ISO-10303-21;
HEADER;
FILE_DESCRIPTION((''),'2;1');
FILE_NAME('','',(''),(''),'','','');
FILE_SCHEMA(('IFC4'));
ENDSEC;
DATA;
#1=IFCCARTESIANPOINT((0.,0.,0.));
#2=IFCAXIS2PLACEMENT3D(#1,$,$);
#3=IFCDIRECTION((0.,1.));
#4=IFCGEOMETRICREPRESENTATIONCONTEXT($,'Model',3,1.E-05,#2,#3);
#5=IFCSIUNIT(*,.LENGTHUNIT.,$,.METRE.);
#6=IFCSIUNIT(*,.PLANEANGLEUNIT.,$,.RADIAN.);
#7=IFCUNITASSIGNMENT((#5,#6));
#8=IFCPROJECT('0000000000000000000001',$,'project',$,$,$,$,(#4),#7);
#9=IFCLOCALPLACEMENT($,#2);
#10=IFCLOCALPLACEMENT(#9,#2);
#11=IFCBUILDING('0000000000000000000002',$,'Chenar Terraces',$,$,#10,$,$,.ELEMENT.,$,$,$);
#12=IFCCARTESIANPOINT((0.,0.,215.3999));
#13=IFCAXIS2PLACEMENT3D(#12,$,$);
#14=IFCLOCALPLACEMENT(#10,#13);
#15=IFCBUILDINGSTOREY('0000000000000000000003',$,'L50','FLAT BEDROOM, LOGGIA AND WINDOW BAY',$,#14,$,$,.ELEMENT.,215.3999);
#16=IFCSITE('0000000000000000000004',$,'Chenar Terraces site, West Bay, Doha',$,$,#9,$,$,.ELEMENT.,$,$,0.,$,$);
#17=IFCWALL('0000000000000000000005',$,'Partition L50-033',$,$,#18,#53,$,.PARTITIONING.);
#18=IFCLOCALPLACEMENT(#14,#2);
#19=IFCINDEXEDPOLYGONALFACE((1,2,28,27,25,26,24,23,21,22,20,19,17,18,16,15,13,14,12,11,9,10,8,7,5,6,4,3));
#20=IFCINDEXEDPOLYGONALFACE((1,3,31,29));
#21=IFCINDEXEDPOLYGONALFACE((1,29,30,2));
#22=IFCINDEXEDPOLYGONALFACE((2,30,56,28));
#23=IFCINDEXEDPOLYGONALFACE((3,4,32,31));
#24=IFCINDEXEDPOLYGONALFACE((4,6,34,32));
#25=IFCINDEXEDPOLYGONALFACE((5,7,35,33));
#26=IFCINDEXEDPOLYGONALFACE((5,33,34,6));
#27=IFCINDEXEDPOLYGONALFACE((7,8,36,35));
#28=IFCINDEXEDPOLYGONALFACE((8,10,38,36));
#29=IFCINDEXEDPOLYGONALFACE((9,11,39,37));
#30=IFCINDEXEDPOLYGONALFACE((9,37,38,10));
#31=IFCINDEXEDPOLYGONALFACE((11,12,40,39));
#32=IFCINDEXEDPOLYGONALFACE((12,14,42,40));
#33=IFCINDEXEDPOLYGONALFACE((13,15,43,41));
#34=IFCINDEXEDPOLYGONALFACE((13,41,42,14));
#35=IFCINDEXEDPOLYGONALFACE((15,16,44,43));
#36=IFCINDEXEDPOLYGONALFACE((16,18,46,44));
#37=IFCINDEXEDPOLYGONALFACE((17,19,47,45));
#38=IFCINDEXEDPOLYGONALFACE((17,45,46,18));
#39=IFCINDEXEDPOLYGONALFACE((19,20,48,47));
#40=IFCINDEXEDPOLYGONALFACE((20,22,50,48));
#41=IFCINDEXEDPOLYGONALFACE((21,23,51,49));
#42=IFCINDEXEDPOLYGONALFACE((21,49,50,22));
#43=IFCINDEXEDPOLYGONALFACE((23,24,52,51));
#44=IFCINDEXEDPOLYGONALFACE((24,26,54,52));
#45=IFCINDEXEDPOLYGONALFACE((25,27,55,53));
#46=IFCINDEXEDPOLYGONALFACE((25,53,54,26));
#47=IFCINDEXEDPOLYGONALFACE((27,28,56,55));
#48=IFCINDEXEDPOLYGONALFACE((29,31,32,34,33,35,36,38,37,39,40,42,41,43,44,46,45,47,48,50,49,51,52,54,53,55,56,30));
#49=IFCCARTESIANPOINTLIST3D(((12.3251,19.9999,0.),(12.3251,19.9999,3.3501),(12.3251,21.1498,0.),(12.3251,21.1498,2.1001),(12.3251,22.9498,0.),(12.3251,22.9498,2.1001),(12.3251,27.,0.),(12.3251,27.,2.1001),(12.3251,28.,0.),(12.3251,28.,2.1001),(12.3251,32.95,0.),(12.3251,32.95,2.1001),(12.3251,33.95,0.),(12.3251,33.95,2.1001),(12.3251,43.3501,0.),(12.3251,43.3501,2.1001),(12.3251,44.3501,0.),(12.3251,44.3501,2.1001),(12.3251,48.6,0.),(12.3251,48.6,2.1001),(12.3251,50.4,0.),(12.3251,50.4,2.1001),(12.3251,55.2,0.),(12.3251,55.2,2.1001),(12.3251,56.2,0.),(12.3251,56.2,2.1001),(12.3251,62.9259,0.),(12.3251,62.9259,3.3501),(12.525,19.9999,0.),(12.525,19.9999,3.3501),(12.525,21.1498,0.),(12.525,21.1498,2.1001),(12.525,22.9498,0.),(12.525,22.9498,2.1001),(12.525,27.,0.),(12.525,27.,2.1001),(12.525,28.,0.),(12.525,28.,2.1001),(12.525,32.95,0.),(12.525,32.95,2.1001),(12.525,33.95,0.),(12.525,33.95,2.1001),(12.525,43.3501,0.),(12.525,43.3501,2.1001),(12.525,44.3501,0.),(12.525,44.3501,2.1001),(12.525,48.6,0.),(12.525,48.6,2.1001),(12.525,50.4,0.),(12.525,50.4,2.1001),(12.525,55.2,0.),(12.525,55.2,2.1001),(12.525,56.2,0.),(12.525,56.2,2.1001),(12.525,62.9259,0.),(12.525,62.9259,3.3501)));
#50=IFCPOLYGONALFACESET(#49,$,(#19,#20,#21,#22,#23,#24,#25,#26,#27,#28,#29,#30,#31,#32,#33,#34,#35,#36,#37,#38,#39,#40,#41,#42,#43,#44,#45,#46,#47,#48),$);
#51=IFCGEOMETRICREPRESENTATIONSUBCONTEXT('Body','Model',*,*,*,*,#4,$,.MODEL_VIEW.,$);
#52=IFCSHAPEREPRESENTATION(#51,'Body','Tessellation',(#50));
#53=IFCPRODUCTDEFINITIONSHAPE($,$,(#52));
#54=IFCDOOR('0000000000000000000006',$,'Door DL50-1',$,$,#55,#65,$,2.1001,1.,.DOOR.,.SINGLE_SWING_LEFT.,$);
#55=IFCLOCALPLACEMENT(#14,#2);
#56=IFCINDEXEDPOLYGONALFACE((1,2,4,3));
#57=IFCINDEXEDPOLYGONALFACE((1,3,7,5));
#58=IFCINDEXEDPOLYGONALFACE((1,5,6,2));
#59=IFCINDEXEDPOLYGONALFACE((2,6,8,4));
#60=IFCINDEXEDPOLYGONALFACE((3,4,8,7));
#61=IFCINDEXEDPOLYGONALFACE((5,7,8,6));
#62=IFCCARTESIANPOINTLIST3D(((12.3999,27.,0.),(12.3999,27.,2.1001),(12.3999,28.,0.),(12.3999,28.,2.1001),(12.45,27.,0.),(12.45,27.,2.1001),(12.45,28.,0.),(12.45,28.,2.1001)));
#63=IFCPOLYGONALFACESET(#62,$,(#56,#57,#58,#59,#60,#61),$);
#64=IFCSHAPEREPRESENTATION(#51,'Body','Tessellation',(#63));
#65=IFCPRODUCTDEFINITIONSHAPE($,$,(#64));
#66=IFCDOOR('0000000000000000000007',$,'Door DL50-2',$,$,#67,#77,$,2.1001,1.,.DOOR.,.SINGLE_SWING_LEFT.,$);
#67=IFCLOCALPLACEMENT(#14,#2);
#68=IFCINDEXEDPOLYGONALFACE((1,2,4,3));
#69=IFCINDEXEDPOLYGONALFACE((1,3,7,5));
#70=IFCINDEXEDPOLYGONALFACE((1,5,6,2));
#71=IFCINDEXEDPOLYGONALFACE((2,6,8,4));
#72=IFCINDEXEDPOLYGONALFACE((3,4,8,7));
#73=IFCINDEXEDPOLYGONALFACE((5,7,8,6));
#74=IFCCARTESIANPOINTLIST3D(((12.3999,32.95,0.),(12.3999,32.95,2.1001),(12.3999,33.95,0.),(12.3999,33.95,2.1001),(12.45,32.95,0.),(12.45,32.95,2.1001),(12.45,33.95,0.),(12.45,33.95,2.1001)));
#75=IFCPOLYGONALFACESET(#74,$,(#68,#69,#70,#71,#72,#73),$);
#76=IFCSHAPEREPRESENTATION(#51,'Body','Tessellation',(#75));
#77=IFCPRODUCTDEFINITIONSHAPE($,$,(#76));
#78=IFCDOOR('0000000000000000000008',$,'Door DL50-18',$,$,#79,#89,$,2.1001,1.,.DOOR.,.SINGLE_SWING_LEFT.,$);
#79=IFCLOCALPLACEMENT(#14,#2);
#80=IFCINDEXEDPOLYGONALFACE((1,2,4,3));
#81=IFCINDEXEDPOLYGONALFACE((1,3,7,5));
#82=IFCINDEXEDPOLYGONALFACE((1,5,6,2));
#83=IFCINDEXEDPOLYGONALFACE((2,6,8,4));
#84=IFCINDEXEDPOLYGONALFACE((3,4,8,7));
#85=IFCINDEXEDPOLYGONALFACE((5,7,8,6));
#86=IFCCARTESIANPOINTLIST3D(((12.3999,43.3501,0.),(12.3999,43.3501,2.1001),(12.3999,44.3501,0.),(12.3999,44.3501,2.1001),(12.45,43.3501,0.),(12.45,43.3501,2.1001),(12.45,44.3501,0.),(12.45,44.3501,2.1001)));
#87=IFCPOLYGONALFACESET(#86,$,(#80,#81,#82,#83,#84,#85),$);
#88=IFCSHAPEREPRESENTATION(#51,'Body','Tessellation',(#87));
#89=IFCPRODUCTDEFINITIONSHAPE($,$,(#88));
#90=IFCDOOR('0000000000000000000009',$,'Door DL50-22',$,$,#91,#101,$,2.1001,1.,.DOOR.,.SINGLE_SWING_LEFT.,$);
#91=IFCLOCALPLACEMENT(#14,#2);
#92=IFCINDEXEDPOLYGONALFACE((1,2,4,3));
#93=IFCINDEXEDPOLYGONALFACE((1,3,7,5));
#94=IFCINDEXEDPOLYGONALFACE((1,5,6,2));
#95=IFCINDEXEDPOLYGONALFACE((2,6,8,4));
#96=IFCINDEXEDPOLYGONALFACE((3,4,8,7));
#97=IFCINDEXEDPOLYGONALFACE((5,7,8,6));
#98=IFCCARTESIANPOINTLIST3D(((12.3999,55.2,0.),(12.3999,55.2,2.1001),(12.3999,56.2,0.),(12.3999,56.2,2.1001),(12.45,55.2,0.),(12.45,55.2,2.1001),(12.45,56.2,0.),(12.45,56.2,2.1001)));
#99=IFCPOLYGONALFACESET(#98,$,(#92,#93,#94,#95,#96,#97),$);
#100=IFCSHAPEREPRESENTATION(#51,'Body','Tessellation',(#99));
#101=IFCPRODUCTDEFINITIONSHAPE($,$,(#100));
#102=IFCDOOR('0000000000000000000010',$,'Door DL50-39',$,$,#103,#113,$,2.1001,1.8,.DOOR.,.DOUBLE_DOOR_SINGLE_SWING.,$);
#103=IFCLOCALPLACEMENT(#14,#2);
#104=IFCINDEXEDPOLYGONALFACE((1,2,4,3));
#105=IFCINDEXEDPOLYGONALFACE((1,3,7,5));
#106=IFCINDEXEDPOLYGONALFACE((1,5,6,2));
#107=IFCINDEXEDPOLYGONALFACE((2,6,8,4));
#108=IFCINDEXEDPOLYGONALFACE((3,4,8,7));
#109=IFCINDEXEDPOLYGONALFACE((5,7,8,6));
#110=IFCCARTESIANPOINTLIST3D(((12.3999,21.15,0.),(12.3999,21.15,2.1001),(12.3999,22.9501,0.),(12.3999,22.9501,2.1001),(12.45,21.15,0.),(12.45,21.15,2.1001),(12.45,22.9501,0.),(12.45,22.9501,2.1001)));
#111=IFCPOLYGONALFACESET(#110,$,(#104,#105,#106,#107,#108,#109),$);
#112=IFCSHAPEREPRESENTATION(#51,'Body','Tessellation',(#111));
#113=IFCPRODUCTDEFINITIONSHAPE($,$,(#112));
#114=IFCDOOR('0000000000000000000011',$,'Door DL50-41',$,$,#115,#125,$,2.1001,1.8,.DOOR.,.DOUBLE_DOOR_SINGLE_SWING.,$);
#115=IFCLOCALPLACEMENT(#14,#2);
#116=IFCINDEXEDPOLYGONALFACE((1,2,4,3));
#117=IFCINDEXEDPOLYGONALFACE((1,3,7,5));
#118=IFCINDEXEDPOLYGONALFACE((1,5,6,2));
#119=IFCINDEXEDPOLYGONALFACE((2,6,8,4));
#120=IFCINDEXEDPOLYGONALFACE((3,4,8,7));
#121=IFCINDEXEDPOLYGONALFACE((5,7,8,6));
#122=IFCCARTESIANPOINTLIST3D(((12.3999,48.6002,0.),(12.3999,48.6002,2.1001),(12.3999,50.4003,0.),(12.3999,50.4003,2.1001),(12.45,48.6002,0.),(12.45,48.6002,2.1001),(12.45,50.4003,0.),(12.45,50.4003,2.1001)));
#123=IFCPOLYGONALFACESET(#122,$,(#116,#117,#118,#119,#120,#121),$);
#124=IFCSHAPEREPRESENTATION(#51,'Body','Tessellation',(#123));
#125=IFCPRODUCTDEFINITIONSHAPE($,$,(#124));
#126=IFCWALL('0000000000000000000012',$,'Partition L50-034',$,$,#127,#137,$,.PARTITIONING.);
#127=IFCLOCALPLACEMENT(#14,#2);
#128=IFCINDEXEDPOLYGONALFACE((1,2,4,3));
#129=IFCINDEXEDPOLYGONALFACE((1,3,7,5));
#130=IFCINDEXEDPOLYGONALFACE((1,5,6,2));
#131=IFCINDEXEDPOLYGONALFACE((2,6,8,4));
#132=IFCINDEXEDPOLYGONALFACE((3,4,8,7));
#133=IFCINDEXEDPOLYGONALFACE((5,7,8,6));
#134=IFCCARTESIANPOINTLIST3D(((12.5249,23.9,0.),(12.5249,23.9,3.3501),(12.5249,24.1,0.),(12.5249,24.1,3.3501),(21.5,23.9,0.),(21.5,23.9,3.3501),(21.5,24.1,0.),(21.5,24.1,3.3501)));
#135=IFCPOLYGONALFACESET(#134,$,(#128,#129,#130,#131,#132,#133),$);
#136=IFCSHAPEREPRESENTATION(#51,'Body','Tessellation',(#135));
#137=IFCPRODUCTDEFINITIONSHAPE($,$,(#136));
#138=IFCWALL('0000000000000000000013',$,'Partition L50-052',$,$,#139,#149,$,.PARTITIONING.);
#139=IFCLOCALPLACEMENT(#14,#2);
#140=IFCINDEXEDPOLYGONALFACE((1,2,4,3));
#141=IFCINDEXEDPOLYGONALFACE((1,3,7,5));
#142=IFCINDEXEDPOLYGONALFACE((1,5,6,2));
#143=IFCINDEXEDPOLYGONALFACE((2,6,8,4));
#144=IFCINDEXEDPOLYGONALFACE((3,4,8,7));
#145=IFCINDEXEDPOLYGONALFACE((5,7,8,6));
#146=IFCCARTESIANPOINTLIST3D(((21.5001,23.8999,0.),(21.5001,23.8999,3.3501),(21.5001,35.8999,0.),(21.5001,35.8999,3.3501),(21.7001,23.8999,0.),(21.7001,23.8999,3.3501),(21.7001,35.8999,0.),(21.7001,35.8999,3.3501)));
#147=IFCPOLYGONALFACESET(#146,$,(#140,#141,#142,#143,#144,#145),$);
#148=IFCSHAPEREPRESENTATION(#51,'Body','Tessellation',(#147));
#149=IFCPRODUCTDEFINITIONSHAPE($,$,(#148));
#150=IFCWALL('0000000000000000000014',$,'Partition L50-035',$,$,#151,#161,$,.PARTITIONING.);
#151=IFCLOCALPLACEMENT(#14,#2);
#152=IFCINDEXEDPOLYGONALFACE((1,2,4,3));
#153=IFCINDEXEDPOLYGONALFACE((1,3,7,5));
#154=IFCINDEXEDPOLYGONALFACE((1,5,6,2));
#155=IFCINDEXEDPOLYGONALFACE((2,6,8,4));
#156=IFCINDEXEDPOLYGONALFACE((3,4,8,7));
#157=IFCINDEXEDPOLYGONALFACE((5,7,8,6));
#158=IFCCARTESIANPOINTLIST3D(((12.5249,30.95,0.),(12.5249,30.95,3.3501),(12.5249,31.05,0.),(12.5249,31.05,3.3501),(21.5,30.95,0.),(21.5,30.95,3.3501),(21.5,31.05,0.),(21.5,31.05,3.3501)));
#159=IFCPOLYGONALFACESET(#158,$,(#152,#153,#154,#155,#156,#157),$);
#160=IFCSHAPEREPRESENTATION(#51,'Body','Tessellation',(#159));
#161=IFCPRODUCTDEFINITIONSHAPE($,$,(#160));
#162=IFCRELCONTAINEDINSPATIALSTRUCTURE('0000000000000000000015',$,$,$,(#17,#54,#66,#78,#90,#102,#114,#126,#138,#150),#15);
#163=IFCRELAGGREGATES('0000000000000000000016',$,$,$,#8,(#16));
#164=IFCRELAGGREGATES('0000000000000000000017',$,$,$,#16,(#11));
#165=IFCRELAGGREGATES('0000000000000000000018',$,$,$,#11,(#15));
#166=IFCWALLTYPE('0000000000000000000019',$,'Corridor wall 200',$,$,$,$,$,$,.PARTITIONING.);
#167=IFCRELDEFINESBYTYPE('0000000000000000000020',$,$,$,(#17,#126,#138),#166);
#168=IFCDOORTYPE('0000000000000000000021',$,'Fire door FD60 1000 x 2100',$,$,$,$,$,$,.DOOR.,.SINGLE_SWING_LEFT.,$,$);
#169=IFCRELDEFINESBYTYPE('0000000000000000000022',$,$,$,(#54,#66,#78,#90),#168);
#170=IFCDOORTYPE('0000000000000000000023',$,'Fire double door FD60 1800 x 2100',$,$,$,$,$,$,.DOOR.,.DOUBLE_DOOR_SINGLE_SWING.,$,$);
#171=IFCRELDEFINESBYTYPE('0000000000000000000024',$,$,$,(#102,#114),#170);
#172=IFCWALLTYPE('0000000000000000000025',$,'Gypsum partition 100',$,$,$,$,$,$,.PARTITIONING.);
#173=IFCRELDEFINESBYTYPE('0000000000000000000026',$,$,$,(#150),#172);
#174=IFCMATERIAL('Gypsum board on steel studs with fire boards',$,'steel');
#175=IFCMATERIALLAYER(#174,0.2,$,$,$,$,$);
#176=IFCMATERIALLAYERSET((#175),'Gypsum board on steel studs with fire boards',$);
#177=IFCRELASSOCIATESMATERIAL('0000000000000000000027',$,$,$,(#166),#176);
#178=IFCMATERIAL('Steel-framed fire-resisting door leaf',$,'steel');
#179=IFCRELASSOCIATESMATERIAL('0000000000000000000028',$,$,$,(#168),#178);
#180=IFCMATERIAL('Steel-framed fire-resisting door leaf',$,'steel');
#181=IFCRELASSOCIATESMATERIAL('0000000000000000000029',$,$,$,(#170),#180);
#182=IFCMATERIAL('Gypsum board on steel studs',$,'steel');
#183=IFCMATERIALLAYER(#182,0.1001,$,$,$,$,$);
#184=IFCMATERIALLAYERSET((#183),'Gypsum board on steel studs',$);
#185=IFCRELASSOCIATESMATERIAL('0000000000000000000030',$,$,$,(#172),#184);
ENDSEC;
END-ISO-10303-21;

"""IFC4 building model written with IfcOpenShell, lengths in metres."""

from ifc_helpers import new_model, si_unit, direction, frame, frame_2d, origin, place, context, subcontext, project, spatial, rectangle, extrude, material, layer, layer_set, type_object, element, fill, save


model = new_model("IFC4")

# Units and contexts
model_context = context("Model", 3, precision=1e-05, world=origin(), true_north=direction((0.0, 1.0)))
body_context = subcontext(model_context, "Body", "Model", "MODEL_VIEW")
ifc_project = project(units=[si_unit("LENGTHUNIT", "METRE"), si_unit("PLANEANGLEUNIT", "RADIAN")], contexts=[model_context])

# Site, building, storey
site_placement = place(None, origin())
site = spatial("IfcSite", under=ifc_project, at=site_placement, Name="Chenar Terraces site, West Bay, Doha", CompositionType="ELEMENT", RefElevation=0.0)
building_placement = place(site_placement, origin())
building = spatial("IfcBuilding", under=site, at=building_placement, Name="Chenar Terraces", CompositionType="ELEMENT")
storey_placement = place(building_placement, frame((0.0, 0.0, 215.3999)))
storey = spatial("IfcBuildingStorey", under=building, at=storey_placement, Name="L50", Description="FLAT BEDROOM, LOGGIA AND WINDOW BAY", CompositionType="ELEMENT", Elevation=215.3999)

# Wall, openings, doors
ifc_material_1 = material(Name="Gypsum board on steel studs with fire boards", Category="steel")
ifc_layer_1 = layer(ifc_material_1, 0.2)
ifc_layer_set_1 = layer_set([ifc_layer_1], Name="Gypsum board on steel studs with fire boards")
wall_type_1 = type_object("IfcWallType", Name="Corridor wall 200", PredefinedType="PARTITIONING", material=ifc_layer_set_1)
wall_1_placement = place(storey_placement, frame((12.425, 20.0, 0.0), z_axis=(0.0, 0.0, 1.0), x_axis=(0.0, 1.0, 0.0)))
wall_1 = element("IfcWall", 1, at=wall_1_placement, inside=storey, type_object=wall_type_1, Name="Partition L50-033", PredefinedType="PARTITIONING", context=body_context, shape_type="SweptSolid", body=[
    extrude(rectangle(XDim=42.926, YDim=0.2, at=frame_2d((21.4629, 0.0))), origin(), (0.0, 0.0, 1.0), 3.3501),
])
opening_1_placement = place(wall_1_placement, frame((7.0, 0.0, 0.0)))
opening_1 = element("IfcOpeningElement", 2, at=opening_1_placement, cuts=wall_1, PredefinedType="OPENING", context=body_context, shape_type="SweptSolid", body=[
    extrude(rectangle(XDim=1.0, YDim=2.1001, at=frame_2d((0.5, 1.05))), frame((0.0, 0.1099, 0.0), z_axis=(0.0, -1.0, 0.0), x_axis=(1.0, 0.0, 0.0)), (0.0, 0.0, 1.0), 0.22),
])
opening_2_placement = place(wall_1_placement, frame((12.95, 0.0, 0.0)))
opening_2 = element("IfcOpeningElement", 3, at=opening_2_placement, cuts=wall_1, PredefinedType="OPENING", context=body_context, shape_type="SweptSolid", body=[
    extrude(rectangle(XDim=1.0, YDim=2.1001, at=frame_2d((0.5, 1.05))), frame((0.0, 0.1099, 0.0), z_axis=(0.0, -1.0, 0.0), x_axis=(1.0, 0.0, 0.0)), (0.0, 0.0, 1.0), 0.22),
])
opening_3_placement = place(wall_1_placement, frame((23.3501, 0.0, 0.0)))
opening_3 = element("IfcOpeningElement", 4, at=opening_3_placement, cuts=wall_1, PredefinedType="OPENING", context=body_context, shape_type="SweptSolid", body=[
    extrude(rectangle(XDim=1.0, YDim=2.1001, at=frame_2d((0.5, 1.05))), frame((0.0, 0.1099, 0.0), z_axis=(0.0, -1.0, 0.0), x_axis=(1.0, 0.0, 0.0)), (0.0, 0.0, 1.0), 0.22),
])
opening_4_placement = place(wall_1_placement, frame((35.2, 0.0, 0.0)))
opening_4 = element("IfcOpeningElement", 5, at=opening_4_placement, cuts=wall_1, PredefinedType="OPENING", context=body_context, shape_type="SweptSolid", body=[
    extrude(rectangle(XDim=1.0, YDim=2.1001, at=frame_2d((0.5, 1.05))), frame((0.0, 0.1099, 0.0), z_axis=(0.0, -1.0, 0.0), x_axis=(1.0, 0.0, 0.0)), (0.0, 0.0, 1.0), 0.22),
])
opening_5_placement = place(wall_1_placement, frame((1.1499, 0.0, 0.0)))
opening_5 = element("IfcOpeningElement", 6, at=opening_5_placement, cuts=wall_1, PredefinedType="OPENING", context=body_context, shape_type="SweptSolid", body=[
    extrude(rectangle(XDim=1.8, YDim=2.1001, at=frame_2d((0.8999, 1.05))), frame((0.0, 0.1099, 0.0), z_axis=(0.0, -1.0, 0.0), x_axis=(1.0, 0.0, 0.0)), (0.0, 0.0, 1.0), 0.22),
])
opening_6_placement = place(wall_1_placement, frame((28.6001, 0.0, 0.0)))
opening_6 = element("IfcOpeningElement", 7, at=opening_6_placement, cuts=wall_1, PredefinedType="OPENING", context=body_context, shape_type="SweptSolid", body=[
    extrude(rectangle(XDim=1.8, YDim=2.1001, at=frame_2d((0.8999, 1.05))), frame((0.0, 0.1099, 0.0), z_axis=(0.0, -1.0, 0.0), x_axis=(1.0, 0.0, 0.0)), (0.0, 0.0, 1.0), 0.22),
])
ifc_material_2 = material(Name="Steel-framed fire-resisting door leaf", Category="steel")
door_type_1 = type_object("IfcDoorType", Name="Fire door FD60 1000 x 2100", OperationType="SINGLE_SWING_LEFT", PredefinedType="DOOR", material=ifc_material_2)
door_1_placement = place(opening_1_placement, frame((1.0, 0.0, 0.0), z_axis=(0.0, 0.0, 1.0), x_axis=(-1.0, 0.0, 0.0)))
door_1 = element("IfcDoor", 8, at=door_1_placement, inside=storey, type_object=door_type_1, Name="Door DL50-1", OperationType="SINGLE_SWING_LEFT", OverallHeight=2.1001, OverallWidth=1.0, PredefinedType="DOOR", context=body_context, shape_type="SweptSolid", body=[
    extrude(rectangle(XDim=1.0, YDim=2.1001, at=frame_2d((0.5, 1.05))), frame((0.0, 0.0249, 0.0), z_axis=(0.0, -1.0, 0.0), x_axis=(1.0, 0.0, 0.0)), (0.0, 0.0, 1.0), 0.05),
])
fill(opening_1, door_1)
door_2_placement = place(opening_2_placement, frame((1.0, 0.0, 0.0), z_axis=(0.0, 0.0, 1.0), x_axis=(-1.0, 0.0, 0.0)))
door_2 = element("IfcDoor", 9, at=door_2_placement, inside=storey, type_object=door_type_1, Name="Door DL50-2", OperationType="SINGLE_SWING_LEFT", OverallHeight=2.1001, OverallWidth=1.0, PredefinedType="DOOR", context=body_context, shape_type="SweptSolid", body=[
    extrude(rectangle(XDim=1.0, YDim=2.1001, at=frame_2d((0.5, 1.05))), frame((0.0, 0.0249, 0.0), z_axis=(0.0, -1.0, 0.0), x_axis=(1.0, 0.0, 0.0)), (0.0, 0.0, 1.0), 0.05),
])
fill(opening_2, door_2)
door_3_placement = place(opening_3_placement, frame((1.0, 0.0, 0.0), z_axis=(0.0, 0.0, 1.0), x_axis=(-1.0, 0.0, 0.0)))
door_3 = element("IfcDoor", 10, at=door_3_placement, inside=storey, type_object=door_type_1, Name="Door DL50-18", OperationType="SINGLE_SWING_LEFT", OverallHeight=2.1001, OverallWidth=1.0, PredefinedType="DOOR", context=body_context, shape_type="SweptSolid", body=[
    extrude(rectangle(XDim=1.0, YDim=2.1001, at=frame_2d((0.5, 1.05))), frame((0.0, 0.0249, 0.0), z_axis=(0.0, -1.0, 0.0), x_axis=(1.0, 0.0, 0.0)), (0.0, 0.0, 1.0), 0.05),
])
fill(opening_3, door_3)
door_4_placement = place(opening_4_placement, frame((1.0, 0.0, 0.0), z_axis=(0.0, 0.0, 1.0), x_axis=(-1.0, 0.0, 0.0)))
door_4 = element("IfcDoor", 11, at=door_4_placement, inside=storey, type_object=door_type_1, Name="Door DL50-22", OperationType="SINGLE_SWING_LEFT", OverallHeight=2.1001, OverallWidth=1.0, PredefinedType="DOOR", context=body_context, shape_type="SweptSolid", body=[
    extrude(rectangle(XDim=1.0, YDim=2.1001, at=frame_2d((0.5, 1.05))), frame((0.0, 0.0249, 0.0), z_axis=(0.0, -1.0, 0.0), x_axis=(1.0, 0.0, 0.0)), (0.0, 0.0, 1.0), 0.05),
])
fill(opening_4, door_4)
ifc_material_3 = material(Name="Steel-framed fire-resisting door leaf", Category="steel")
door_type_2 = type_object("IfcDoorType", Name="Fire double door FD60 1800 x 2100", OperationType="DOUBLE_DOOR_SINGLE_SWING", PredefinedType="DOOR", material=ifc_material_3)
door_5_placement = place(opening_5_placement, frame((1.8, 0.0, 0.0), z_axis=(0.0, 0.0, 1.0), x_axis=(-1.0, 0.0, 0.0)))
door_5 = element("IfcDoor", 12, at=door_5_placement, inside=storey, type_object=door_type_2, Name="Door DL50-39", OperationType="DOUBLE_DOOR_SINGLE_SWING", OverallHeight=2.1001, OverallWidth=1.8, PredefinedType="DOOR", context=body_context, shape_type="SweptSolid", body=[
    extrude(rectangle(XDim=1.8, YDim=2.1001, at=frame_2d((0.8999, 1.05))), frame((0.0, 0.0249, 0.0), z_axis=(0.0, -1.0, 0.0), x_axis=(1.0, 0.0, 0.0)), (0.0, 0.0, 1.0), 0.05),
])
fill(opening_5, door_5)
door_6_placement = place(opening_6_placement, frame((1.8, 0.0, 0.0), z_axis=(0.0, 0.0, 1.0), x_axis=(-1.0, 0.0, 0.0)))
door_6 = element("IfcDoor", 13, at=door_6_placement, inside=storey, type_object=door_type_2, Name="Door DL50-41", OperationType="DOUBLE_DOOR_SINGLE_SWING", OverallHeight=2.1001, OverallWidth=1.8, PredefinedType="DOOR", context=body_context, shape_type="SweptSolid", body=[
    extrude(rectangle(XDim=1.8, YDim=2.1001, at=frame_2d((0.8999, 1.05))), frame((0.0, 0.0249, 0.0), z_axis=(0.0, -1.0, 0.0), x_axis=(1.0, 0.0, 0.0)), (0.0, 0.0, 1.0), 0.05),
])
fill(opening_6, door_6)

# Walls
wall_2_placement = place(storey_placement, frame((12.5249, 24.0, 0.0), z_axis=(0.0, 0.0, 1.0), x_axis=(1.0, 0.0, 0.0)))
element("IfcWall", 14, at=wall_2_placement, inside=storey, type_object=wall_type_1, Name="Partition L50-034", PredefinedType="PARTITIONING", context=body_context, shape_type="SweptSolid", body=[
    extrude(rectangle(XDim=8.9751, YDim=0.2, at=frame_2d((4.4875, 0.0))), origin(), (0.0, 0.0, 1.0), 3.3501),
])
wall_3_placement = place(storey_placement, frame((21.6001, 23.8999, 0.0), z_axis=(0.0, 0.0, 1.0), x_axis=(0.0, 1.0, 0.0)))
element("IfcWall", 15, at=wall_3_placement, inside=storey, type_object=wall_type_1, Name="Partition L50-052", PredefinedType="PARTITIONING", context=body_context, shape_type="SweptSolid", body=[
    extrude(rectangle(XDim=12.0, YDim=0.2, at=frame_2d((6.0, 0.0))), origin(), (0.0, 0.0, 1.0), 3.3501),
])
ifc_material_4 = material(Name="Gypsum board on steel studs", Category="steel")
ifc_layer_2 = layer(ifc_material_4, 0.1001)
ifc_layer_set_2 = layer_set([ifc_layer_2], Name="Gypsum board on steel studs")
wall_type_2 = type_object("IfcWallType", Name="Gypsum partition 100", PredefinedType="PARTITIONING", material=ifc_layer_set_2)
wall_4_placement = place(storey_placement, frame((12.5249, 31.0, 0.0), z_axis=(0.0, 0.0, 1.0), x_axis=(1.0, 0.0, 0.0)))
element("IfcWall", 16, at=wall_4_placement, inside=storey, type_object=wall_type_2, Name="Partition L50-035", PredefinedType="PARTITIONING", context=body_context, shape_type="SweptSolid", body=[
    extrude(rectangle(XDim=8.9751, YDim=0.1001, at=frame_2d((4.4875, 0.0))), origin(), (0.0, 0.0, 1.0), 3.3501),
])

save(model, "model.ifc")
